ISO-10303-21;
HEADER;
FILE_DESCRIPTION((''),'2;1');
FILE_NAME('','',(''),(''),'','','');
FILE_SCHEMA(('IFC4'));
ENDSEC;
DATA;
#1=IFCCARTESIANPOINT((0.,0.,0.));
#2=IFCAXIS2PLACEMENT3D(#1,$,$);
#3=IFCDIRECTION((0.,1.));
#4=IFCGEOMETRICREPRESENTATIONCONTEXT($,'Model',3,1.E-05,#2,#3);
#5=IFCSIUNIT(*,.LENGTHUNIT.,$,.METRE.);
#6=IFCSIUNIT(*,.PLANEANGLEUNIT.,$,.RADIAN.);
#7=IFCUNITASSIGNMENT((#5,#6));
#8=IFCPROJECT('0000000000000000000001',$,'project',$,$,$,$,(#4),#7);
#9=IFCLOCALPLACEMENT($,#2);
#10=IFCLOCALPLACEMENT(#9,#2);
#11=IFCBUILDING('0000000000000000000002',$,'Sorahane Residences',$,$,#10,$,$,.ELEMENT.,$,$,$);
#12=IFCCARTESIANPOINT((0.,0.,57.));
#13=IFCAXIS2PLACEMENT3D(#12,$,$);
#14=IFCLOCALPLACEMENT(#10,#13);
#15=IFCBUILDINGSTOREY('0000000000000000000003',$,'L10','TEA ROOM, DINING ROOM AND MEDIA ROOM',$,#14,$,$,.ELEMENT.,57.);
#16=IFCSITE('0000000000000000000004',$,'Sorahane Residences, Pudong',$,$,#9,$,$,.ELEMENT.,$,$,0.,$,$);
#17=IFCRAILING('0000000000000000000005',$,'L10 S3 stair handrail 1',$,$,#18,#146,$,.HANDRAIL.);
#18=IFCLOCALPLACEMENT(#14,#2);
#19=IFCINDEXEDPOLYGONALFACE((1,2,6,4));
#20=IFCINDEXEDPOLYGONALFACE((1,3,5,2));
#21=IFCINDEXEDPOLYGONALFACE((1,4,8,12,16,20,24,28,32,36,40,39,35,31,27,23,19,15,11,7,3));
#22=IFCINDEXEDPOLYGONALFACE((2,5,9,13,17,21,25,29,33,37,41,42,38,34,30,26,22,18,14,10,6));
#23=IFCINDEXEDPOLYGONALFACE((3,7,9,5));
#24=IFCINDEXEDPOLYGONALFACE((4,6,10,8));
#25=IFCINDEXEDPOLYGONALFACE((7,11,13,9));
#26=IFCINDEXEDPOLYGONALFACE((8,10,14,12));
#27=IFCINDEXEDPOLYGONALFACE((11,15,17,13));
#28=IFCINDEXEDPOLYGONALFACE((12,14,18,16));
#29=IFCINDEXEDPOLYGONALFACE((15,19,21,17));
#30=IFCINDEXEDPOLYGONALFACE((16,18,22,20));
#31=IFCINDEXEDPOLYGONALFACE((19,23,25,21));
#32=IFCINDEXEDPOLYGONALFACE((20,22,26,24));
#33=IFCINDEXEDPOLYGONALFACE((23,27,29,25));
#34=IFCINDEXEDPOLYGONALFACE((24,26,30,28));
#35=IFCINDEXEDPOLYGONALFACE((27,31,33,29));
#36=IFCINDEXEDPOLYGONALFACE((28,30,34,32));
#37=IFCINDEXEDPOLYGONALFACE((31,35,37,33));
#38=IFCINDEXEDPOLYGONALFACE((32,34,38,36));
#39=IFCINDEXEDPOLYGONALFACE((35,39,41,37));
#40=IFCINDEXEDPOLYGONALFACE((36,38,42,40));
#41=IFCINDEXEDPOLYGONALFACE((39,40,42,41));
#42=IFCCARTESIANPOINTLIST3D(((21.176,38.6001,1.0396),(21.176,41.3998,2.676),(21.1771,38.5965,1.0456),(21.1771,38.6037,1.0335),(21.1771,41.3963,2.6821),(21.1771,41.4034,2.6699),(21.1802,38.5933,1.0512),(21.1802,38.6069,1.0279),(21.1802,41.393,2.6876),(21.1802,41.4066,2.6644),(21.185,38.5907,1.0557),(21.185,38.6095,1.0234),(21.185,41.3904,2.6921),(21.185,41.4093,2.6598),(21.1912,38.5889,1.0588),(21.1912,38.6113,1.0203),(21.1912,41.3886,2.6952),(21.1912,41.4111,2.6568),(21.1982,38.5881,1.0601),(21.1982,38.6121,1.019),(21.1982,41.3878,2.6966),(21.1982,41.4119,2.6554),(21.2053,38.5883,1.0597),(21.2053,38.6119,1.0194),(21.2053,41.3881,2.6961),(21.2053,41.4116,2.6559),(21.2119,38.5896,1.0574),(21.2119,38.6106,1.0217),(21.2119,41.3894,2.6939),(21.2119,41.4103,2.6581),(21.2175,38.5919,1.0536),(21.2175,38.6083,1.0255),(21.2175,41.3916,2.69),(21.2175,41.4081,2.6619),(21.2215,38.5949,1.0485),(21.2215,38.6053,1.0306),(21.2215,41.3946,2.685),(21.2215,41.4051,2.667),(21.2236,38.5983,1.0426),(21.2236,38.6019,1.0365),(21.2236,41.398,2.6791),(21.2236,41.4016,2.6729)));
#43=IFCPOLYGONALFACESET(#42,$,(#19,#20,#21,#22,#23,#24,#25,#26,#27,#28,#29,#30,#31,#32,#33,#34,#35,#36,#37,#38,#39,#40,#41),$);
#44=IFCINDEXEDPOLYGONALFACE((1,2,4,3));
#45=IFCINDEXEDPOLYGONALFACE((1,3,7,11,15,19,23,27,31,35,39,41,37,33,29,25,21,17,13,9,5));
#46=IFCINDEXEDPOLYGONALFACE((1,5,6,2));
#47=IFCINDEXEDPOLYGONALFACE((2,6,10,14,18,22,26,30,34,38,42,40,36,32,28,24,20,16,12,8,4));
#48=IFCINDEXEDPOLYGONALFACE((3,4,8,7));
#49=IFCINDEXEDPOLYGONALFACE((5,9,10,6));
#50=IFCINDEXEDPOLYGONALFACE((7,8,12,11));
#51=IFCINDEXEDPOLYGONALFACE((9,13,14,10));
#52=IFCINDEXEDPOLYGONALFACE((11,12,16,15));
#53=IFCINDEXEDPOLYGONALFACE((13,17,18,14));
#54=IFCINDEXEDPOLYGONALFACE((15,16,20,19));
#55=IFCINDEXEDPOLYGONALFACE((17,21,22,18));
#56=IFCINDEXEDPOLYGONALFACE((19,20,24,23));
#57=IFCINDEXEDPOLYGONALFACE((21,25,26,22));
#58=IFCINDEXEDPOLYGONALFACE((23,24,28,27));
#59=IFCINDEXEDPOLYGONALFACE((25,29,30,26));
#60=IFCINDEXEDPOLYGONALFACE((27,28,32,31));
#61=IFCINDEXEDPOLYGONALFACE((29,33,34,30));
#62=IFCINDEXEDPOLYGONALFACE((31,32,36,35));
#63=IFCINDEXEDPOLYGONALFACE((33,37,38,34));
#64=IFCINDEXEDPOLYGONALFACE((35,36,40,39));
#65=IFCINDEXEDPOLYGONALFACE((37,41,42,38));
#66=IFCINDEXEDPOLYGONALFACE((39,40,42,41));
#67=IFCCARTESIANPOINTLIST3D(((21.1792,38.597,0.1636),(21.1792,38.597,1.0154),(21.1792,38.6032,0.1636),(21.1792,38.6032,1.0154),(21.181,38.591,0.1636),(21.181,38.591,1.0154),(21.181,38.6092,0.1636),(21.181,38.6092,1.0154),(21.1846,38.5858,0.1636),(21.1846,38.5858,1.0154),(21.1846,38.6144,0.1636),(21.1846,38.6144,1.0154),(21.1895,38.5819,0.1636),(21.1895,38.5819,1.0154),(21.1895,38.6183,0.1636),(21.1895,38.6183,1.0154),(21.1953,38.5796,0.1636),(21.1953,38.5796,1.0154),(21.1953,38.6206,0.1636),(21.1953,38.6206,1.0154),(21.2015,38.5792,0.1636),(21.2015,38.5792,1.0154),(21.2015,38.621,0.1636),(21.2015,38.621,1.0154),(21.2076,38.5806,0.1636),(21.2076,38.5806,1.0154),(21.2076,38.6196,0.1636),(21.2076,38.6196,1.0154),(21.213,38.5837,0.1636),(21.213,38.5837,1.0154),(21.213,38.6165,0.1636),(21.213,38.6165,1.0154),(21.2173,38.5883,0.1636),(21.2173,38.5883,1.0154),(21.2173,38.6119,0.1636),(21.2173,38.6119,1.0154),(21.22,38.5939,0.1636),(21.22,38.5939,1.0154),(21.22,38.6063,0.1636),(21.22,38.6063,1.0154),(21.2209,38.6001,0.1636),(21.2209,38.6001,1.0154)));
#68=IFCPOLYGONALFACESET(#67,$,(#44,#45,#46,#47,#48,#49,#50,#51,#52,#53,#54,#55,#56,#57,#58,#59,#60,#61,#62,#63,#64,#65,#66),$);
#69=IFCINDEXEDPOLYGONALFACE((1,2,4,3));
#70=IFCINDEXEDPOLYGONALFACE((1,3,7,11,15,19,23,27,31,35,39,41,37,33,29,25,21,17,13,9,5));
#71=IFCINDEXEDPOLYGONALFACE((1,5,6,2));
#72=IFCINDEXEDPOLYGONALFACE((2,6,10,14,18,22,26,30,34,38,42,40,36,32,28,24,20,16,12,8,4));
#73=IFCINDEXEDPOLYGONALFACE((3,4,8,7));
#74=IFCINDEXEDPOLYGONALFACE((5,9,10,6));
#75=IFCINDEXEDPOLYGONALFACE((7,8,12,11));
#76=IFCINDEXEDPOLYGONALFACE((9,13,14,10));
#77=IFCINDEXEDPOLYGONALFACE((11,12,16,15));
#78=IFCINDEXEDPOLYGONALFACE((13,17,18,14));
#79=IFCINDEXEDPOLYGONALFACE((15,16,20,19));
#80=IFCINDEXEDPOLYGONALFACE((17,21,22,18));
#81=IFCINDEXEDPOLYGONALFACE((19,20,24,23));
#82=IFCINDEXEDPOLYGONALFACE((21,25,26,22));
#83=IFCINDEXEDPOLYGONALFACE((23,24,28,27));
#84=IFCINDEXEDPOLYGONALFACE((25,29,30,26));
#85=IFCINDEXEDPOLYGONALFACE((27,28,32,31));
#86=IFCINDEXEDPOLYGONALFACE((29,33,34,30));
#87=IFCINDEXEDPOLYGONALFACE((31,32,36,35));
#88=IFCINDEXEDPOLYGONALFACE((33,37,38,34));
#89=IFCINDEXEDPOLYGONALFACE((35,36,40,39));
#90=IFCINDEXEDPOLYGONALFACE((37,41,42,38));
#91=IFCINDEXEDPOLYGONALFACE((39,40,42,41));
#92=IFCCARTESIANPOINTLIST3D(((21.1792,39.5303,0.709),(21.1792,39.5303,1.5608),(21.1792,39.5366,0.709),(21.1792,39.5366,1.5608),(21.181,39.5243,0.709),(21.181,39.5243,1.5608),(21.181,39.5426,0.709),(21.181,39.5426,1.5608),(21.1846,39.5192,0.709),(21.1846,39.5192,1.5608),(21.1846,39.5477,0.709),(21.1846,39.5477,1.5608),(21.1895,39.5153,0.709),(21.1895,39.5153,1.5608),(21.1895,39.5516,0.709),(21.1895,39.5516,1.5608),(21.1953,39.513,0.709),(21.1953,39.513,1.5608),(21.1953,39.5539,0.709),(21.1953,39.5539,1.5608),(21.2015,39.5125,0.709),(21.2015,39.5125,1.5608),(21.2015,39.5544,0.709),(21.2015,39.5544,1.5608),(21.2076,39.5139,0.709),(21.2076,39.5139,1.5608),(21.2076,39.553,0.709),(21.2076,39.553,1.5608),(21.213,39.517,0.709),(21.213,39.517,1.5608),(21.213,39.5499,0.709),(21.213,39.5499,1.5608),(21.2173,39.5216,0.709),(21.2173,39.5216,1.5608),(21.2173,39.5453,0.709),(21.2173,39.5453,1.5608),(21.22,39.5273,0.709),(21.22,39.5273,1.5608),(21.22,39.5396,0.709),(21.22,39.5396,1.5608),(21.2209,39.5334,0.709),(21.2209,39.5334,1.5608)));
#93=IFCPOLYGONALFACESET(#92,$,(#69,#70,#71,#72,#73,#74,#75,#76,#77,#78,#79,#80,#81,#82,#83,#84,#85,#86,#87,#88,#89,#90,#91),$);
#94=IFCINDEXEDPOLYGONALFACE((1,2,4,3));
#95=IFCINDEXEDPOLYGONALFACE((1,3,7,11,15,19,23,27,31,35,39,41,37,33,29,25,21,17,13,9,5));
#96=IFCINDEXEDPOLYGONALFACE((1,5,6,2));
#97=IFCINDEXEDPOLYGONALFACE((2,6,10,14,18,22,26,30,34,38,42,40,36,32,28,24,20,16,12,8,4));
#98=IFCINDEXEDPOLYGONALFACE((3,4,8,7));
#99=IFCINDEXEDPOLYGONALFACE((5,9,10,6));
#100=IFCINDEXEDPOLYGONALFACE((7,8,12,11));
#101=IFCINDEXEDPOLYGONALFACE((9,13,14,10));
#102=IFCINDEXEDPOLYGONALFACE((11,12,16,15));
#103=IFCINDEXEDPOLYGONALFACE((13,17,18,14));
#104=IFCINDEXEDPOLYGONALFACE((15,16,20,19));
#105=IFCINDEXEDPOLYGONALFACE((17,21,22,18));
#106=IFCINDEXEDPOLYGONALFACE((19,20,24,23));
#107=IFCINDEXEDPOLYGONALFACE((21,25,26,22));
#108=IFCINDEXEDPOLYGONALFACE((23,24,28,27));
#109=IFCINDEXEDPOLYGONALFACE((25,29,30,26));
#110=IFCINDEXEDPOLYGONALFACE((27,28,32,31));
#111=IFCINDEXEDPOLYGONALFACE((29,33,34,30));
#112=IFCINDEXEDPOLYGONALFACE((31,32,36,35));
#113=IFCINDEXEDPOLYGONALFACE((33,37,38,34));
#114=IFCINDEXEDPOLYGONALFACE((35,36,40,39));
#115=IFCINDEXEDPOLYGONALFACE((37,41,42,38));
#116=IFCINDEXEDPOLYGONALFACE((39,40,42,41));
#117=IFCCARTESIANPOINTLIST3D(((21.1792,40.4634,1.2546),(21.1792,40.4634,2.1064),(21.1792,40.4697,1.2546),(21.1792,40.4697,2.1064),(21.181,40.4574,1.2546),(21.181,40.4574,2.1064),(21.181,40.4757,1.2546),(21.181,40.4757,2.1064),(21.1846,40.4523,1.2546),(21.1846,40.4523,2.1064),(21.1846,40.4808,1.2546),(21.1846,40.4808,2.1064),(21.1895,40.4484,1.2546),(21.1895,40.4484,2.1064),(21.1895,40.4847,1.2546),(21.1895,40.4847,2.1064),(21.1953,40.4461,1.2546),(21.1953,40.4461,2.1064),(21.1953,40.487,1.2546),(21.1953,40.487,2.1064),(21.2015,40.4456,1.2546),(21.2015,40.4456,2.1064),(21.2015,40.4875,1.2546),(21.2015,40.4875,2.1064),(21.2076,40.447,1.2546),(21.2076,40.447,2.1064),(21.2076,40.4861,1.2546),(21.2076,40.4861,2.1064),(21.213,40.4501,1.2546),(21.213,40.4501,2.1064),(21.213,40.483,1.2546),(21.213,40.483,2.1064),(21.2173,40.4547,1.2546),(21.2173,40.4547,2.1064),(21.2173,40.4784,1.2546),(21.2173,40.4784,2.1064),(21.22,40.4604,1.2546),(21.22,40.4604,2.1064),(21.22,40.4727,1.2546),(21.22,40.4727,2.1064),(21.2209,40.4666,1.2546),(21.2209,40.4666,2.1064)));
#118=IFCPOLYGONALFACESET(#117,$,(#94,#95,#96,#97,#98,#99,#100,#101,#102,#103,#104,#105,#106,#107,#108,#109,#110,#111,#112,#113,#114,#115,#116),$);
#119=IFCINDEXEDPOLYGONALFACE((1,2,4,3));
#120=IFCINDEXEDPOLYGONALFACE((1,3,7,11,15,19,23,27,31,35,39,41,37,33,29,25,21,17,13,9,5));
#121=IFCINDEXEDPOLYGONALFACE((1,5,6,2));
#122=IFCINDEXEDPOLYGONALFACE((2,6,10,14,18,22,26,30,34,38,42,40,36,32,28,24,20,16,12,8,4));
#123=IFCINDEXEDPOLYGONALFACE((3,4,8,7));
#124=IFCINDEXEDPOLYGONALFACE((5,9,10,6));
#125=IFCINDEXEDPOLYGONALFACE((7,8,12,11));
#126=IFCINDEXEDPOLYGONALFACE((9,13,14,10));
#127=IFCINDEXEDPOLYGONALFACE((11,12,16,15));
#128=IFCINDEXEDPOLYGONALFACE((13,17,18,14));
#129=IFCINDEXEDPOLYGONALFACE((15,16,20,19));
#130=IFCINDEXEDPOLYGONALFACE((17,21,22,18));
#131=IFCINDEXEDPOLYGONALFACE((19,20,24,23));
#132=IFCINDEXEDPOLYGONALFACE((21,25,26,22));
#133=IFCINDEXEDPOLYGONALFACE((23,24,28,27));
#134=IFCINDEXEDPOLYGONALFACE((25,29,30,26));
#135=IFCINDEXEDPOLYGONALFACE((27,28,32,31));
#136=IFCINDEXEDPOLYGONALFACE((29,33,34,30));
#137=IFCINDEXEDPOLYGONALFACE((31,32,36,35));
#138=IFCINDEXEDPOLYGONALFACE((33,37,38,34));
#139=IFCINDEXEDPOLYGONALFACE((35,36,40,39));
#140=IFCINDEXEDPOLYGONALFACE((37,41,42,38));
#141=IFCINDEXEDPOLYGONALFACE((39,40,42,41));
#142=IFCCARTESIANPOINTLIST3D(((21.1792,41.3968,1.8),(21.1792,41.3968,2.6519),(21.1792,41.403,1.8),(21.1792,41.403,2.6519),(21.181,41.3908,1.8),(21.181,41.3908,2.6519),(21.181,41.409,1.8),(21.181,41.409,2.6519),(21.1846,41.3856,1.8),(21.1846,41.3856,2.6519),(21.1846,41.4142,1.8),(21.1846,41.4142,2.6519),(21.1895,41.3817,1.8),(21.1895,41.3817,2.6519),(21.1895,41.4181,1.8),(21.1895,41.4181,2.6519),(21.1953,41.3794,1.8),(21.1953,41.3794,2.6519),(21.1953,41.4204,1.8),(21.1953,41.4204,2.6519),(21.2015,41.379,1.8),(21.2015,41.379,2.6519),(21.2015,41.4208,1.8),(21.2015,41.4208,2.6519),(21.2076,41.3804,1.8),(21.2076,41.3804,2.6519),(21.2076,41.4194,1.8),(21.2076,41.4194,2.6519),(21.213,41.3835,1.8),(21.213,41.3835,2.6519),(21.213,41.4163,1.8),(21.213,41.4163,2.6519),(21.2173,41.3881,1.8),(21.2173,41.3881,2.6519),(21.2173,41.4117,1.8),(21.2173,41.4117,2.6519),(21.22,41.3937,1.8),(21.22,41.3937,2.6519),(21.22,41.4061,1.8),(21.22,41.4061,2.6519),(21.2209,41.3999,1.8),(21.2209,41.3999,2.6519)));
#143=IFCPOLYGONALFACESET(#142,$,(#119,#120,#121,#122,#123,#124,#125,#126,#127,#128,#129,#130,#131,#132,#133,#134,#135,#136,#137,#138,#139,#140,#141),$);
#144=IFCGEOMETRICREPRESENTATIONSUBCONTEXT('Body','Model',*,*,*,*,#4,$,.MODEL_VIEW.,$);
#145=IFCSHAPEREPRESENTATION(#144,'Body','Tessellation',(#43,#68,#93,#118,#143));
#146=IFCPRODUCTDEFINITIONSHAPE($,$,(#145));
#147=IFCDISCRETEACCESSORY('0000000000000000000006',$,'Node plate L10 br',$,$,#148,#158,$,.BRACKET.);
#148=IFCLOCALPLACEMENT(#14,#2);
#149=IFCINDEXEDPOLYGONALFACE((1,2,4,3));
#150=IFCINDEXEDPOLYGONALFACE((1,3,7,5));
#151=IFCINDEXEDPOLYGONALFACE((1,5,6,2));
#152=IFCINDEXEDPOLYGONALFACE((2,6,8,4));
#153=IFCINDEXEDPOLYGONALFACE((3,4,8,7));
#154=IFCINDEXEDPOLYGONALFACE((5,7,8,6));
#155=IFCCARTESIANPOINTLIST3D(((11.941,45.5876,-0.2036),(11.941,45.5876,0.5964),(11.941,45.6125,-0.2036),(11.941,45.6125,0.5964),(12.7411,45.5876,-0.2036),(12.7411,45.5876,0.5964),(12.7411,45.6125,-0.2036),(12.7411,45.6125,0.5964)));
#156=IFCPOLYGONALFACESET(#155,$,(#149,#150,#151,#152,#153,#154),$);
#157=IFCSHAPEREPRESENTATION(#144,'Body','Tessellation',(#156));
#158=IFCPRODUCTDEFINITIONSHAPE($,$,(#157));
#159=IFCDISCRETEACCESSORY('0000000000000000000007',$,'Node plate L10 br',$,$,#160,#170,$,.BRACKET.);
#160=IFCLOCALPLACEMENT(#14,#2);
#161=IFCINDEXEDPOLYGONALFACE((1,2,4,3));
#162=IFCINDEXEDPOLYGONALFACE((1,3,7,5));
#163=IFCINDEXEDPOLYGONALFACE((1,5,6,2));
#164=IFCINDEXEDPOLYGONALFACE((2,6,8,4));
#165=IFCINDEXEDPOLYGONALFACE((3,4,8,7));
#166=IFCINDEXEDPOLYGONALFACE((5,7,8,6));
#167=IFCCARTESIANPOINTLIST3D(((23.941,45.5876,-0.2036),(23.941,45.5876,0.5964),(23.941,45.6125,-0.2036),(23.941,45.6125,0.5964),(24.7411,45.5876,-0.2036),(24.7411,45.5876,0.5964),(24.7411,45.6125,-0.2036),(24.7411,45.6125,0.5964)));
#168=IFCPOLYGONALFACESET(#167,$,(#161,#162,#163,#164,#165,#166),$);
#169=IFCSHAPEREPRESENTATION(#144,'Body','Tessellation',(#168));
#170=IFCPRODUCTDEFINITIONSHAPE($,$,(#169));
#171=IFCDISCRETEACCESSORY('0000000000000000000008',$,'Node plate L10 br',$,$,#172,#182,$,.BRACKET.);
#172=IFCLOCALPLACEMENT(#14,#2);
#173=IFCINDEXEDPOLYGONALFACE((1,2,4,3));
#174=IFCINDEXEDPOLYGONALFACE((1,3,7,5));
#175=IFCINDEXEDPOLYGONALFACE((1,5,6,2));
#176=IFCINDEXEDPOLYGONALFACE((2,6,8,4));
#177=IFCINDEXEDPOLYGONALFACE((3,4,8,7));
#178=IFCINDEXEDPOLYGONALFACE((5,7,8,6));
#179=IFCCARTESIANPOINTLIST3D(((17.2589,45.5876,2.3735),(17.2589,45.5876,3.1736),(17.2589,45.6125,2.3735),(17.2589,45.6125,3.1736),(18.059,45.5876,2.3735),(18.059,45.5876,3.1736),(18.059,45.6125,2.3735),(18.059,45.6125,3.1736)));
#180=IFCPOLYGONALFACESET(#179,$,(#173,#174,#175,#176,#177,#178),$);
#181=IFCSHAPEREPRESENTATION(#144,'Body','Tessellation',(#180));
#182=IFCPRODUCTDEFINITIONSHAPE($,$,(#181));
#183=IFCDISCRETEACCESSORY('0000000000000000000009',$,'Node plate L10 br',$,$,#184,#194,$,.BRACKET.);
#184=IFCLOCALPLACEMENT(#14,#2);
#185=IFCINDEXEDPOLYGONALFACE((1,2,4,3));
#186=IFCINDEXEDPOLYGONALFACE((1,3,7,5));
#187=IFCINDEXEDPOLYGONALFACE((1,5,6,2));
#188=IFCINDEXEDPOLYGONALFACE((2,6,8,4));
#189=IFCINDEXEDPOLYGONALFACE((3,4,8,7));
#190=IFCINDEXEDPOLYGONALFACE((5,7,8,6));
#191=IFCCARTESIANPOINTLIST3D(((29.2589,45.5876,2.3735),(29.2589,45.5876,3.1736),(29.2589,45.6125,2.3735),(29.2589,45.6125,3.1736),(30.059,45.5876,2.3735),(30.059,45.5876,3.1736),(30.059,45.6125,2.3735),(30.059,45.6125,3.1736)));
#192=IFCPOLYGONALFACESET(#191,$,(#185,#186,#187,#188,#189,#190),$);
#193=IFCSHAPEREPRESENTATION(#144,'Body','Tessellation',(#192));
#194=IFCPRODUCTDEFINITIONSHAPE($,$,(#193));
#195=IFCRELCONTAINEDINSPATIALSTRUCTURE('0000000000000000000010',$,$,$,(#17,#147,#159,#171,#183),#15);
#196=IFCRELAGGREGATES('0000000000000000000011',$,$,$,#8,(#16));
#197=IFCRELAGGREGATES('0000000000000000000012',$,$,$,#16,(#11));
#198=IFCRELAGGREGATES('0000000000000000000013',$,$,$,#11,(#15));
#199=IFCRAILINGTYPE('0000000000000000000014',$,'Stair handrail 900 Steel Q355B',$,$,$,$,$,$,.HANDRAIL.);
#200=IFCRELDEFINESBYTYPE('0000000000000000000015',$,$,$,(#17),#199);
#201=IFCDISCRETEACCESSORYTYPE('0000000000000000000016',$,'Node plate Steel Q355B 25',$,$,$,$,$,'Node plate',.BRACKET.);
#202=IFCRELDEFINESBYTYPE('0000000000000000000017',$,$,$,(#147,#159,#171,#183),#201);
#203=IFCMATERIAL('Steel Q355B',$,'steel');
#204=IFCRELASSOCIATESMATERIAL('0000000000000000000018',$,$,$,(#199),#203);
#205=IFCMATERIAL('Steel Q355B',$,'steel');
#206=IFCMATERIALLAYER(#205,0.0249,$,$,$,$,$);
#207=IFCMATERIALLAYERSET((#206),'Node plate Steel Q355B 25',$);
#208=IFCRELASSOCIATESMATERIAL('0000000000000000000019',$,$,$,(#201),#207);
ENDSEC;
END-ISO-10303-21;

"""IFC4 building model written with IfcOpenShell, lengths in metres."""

from ifc_helpers import new_model, si_unit, direction, frame, origin, origin_2d, place, context, subcontext, project, spatial, rectangle, circle, extrude, material, layer, layer_set, type_object, element, save


model = new_model("IFC4")

# Units and contexts
model_context = context("Model", 3, precision=1e-05, world=origin(), true_north=direction((0.0, 1.0)))
body_context = subcontext(model_context, "Body", "Model", "MODEL_VIEW")
ifc_project = project(units=[si_unit("LENGTHUNIT", "METRE"), si_unit("PLANEANGLEUNIT", "RADIAN")], contexts=[model_context])

# Site, building, storey
site_placement = place(None, origin())
site = spatial("IfcSite", under=ifc_project, at=site_placement, Name="Sorahane Residences, Pudong", CompositionType="ELEMENT", RefElevation=0.0)
building_placement = place(site_placement, origin())
building = spatial("IfcBuilding", under=site, at=building_placement, Name="Sorahane Residences", CompositionType="ELEMENT")
storey_placement = place(building_placement, frame((0.0, 0.0, 57.0)))
storey = spatial("IfcBuildingStorey", under=building, at=storey_placement, Name="L10", Description="TEA ROOM, DINING ROOM AND MEDIA ROOM", CompositionType="ELEMENT", Elevation=57.0)

# Railing
ifc_material_1 = material(Name="Steel Q355B", Category="steel")
railing_type = type_object("IfcRailingType", Name="Stair handrail 900 Steel Q355B", PredefinedType="HANDRAIL", material=ifc_material_1)
railing_placement = place(storey_placement, frame((21.2, 38.6001, 0.1636)))
element("IfcRailing", 1, at=railing_placement, inside=storey, type_object=railing_type, Name="L10 S3 stair handrail 1", PredefinedType="HANDRAIL", context=body_context, shape_type="SweptSolid", body=[
    extrude(circle(Radius=0.0239, at=origin_2d()), frame((0.0, 0.0, 0.876), z_axis=(0.0, 0.863342, 0.50462), x_axis=(-1.0, 0.0, 0.0)), (0.0, 0.0, 1.0), 3.2429),
    extrude(circle(Radius=0.021, at=origin_2d()), origin(), (0.0, 0.0, 1.0), 0.8518),
    extrude(circle(Radius=0.021, at=origin_2d()), frame((0.0, 0.9333, 0.5454)), (0.0, 0.0, 1.0), 0.8518),
    extrude(circle(Radius=0.021, at=origin_2d()), frame((0.0, 1.8665, 1.0911)), (0.0, 0.0, 1.0), 0.8518),
    extrude(circle(Radius=0.021, at=origin_2d()), frame((0.0, 2.7998, 1.6365)), (0.0, 0.0, 1.0), 0.8518),
])

# Discrete accessories
ifc_material_2 = material(Name="Steel Q355B", Category="steel")
ifc_layer_1 = layer(ifc_material_2, 0.0249)
ifc_layer_set_1 = layer_set([ifc_layer_1], Name="Node plate Steel Q355B 25")
discrete_accessory_type = type_object("IfcDiscreteAccessoryType", Name="Node plate Steel Q355B 25", ElementType="Node plate", PredefinedType="BRACKET", material=ifc_layer_set_1)
for number, where, z_axis, x_axis, name in (
    (2, (12.3411, 45.6001, -0.2036), (0.0, 0.0, 1.0), (1.0, 0.0, 0.0), "Node plate L10 br"),
    (3, (24.3411, 45.6001, -0.2036), (0.0, 0.0, 1.0), (1.0, 0.0, 0.0), "Node plate L10 br"),
    (4, (17.6589, 45.6001, 2.3735), (0.0, 0.0, 1.0), (1.0, 0.0, 0.0), "Node plate L10 br"),
    (5, (29.6589, 45.6001, 2.3735), (0.0, 0.0, 1.0), (1.0, 0.0, 0.0), "Node plate L10 br"),
):
    element("IfcDiscreteAccessory", number, at=place(storey_placement, frame(where, z_axis=z_axis, x_axis=x_axis)), inside=storey, type_object=discrete_accessory_type, Name=name, PredefinedType="BRACKET", context=body_context, shape_type="SweptSolid", body=[
        extrude(rectangle(XDim=0.8, YDim=0.0249, at=origin_2d()), origin(), (0.0, 0.0, 1.0), 0.8),
    ])

save(model, "model.ifc")
